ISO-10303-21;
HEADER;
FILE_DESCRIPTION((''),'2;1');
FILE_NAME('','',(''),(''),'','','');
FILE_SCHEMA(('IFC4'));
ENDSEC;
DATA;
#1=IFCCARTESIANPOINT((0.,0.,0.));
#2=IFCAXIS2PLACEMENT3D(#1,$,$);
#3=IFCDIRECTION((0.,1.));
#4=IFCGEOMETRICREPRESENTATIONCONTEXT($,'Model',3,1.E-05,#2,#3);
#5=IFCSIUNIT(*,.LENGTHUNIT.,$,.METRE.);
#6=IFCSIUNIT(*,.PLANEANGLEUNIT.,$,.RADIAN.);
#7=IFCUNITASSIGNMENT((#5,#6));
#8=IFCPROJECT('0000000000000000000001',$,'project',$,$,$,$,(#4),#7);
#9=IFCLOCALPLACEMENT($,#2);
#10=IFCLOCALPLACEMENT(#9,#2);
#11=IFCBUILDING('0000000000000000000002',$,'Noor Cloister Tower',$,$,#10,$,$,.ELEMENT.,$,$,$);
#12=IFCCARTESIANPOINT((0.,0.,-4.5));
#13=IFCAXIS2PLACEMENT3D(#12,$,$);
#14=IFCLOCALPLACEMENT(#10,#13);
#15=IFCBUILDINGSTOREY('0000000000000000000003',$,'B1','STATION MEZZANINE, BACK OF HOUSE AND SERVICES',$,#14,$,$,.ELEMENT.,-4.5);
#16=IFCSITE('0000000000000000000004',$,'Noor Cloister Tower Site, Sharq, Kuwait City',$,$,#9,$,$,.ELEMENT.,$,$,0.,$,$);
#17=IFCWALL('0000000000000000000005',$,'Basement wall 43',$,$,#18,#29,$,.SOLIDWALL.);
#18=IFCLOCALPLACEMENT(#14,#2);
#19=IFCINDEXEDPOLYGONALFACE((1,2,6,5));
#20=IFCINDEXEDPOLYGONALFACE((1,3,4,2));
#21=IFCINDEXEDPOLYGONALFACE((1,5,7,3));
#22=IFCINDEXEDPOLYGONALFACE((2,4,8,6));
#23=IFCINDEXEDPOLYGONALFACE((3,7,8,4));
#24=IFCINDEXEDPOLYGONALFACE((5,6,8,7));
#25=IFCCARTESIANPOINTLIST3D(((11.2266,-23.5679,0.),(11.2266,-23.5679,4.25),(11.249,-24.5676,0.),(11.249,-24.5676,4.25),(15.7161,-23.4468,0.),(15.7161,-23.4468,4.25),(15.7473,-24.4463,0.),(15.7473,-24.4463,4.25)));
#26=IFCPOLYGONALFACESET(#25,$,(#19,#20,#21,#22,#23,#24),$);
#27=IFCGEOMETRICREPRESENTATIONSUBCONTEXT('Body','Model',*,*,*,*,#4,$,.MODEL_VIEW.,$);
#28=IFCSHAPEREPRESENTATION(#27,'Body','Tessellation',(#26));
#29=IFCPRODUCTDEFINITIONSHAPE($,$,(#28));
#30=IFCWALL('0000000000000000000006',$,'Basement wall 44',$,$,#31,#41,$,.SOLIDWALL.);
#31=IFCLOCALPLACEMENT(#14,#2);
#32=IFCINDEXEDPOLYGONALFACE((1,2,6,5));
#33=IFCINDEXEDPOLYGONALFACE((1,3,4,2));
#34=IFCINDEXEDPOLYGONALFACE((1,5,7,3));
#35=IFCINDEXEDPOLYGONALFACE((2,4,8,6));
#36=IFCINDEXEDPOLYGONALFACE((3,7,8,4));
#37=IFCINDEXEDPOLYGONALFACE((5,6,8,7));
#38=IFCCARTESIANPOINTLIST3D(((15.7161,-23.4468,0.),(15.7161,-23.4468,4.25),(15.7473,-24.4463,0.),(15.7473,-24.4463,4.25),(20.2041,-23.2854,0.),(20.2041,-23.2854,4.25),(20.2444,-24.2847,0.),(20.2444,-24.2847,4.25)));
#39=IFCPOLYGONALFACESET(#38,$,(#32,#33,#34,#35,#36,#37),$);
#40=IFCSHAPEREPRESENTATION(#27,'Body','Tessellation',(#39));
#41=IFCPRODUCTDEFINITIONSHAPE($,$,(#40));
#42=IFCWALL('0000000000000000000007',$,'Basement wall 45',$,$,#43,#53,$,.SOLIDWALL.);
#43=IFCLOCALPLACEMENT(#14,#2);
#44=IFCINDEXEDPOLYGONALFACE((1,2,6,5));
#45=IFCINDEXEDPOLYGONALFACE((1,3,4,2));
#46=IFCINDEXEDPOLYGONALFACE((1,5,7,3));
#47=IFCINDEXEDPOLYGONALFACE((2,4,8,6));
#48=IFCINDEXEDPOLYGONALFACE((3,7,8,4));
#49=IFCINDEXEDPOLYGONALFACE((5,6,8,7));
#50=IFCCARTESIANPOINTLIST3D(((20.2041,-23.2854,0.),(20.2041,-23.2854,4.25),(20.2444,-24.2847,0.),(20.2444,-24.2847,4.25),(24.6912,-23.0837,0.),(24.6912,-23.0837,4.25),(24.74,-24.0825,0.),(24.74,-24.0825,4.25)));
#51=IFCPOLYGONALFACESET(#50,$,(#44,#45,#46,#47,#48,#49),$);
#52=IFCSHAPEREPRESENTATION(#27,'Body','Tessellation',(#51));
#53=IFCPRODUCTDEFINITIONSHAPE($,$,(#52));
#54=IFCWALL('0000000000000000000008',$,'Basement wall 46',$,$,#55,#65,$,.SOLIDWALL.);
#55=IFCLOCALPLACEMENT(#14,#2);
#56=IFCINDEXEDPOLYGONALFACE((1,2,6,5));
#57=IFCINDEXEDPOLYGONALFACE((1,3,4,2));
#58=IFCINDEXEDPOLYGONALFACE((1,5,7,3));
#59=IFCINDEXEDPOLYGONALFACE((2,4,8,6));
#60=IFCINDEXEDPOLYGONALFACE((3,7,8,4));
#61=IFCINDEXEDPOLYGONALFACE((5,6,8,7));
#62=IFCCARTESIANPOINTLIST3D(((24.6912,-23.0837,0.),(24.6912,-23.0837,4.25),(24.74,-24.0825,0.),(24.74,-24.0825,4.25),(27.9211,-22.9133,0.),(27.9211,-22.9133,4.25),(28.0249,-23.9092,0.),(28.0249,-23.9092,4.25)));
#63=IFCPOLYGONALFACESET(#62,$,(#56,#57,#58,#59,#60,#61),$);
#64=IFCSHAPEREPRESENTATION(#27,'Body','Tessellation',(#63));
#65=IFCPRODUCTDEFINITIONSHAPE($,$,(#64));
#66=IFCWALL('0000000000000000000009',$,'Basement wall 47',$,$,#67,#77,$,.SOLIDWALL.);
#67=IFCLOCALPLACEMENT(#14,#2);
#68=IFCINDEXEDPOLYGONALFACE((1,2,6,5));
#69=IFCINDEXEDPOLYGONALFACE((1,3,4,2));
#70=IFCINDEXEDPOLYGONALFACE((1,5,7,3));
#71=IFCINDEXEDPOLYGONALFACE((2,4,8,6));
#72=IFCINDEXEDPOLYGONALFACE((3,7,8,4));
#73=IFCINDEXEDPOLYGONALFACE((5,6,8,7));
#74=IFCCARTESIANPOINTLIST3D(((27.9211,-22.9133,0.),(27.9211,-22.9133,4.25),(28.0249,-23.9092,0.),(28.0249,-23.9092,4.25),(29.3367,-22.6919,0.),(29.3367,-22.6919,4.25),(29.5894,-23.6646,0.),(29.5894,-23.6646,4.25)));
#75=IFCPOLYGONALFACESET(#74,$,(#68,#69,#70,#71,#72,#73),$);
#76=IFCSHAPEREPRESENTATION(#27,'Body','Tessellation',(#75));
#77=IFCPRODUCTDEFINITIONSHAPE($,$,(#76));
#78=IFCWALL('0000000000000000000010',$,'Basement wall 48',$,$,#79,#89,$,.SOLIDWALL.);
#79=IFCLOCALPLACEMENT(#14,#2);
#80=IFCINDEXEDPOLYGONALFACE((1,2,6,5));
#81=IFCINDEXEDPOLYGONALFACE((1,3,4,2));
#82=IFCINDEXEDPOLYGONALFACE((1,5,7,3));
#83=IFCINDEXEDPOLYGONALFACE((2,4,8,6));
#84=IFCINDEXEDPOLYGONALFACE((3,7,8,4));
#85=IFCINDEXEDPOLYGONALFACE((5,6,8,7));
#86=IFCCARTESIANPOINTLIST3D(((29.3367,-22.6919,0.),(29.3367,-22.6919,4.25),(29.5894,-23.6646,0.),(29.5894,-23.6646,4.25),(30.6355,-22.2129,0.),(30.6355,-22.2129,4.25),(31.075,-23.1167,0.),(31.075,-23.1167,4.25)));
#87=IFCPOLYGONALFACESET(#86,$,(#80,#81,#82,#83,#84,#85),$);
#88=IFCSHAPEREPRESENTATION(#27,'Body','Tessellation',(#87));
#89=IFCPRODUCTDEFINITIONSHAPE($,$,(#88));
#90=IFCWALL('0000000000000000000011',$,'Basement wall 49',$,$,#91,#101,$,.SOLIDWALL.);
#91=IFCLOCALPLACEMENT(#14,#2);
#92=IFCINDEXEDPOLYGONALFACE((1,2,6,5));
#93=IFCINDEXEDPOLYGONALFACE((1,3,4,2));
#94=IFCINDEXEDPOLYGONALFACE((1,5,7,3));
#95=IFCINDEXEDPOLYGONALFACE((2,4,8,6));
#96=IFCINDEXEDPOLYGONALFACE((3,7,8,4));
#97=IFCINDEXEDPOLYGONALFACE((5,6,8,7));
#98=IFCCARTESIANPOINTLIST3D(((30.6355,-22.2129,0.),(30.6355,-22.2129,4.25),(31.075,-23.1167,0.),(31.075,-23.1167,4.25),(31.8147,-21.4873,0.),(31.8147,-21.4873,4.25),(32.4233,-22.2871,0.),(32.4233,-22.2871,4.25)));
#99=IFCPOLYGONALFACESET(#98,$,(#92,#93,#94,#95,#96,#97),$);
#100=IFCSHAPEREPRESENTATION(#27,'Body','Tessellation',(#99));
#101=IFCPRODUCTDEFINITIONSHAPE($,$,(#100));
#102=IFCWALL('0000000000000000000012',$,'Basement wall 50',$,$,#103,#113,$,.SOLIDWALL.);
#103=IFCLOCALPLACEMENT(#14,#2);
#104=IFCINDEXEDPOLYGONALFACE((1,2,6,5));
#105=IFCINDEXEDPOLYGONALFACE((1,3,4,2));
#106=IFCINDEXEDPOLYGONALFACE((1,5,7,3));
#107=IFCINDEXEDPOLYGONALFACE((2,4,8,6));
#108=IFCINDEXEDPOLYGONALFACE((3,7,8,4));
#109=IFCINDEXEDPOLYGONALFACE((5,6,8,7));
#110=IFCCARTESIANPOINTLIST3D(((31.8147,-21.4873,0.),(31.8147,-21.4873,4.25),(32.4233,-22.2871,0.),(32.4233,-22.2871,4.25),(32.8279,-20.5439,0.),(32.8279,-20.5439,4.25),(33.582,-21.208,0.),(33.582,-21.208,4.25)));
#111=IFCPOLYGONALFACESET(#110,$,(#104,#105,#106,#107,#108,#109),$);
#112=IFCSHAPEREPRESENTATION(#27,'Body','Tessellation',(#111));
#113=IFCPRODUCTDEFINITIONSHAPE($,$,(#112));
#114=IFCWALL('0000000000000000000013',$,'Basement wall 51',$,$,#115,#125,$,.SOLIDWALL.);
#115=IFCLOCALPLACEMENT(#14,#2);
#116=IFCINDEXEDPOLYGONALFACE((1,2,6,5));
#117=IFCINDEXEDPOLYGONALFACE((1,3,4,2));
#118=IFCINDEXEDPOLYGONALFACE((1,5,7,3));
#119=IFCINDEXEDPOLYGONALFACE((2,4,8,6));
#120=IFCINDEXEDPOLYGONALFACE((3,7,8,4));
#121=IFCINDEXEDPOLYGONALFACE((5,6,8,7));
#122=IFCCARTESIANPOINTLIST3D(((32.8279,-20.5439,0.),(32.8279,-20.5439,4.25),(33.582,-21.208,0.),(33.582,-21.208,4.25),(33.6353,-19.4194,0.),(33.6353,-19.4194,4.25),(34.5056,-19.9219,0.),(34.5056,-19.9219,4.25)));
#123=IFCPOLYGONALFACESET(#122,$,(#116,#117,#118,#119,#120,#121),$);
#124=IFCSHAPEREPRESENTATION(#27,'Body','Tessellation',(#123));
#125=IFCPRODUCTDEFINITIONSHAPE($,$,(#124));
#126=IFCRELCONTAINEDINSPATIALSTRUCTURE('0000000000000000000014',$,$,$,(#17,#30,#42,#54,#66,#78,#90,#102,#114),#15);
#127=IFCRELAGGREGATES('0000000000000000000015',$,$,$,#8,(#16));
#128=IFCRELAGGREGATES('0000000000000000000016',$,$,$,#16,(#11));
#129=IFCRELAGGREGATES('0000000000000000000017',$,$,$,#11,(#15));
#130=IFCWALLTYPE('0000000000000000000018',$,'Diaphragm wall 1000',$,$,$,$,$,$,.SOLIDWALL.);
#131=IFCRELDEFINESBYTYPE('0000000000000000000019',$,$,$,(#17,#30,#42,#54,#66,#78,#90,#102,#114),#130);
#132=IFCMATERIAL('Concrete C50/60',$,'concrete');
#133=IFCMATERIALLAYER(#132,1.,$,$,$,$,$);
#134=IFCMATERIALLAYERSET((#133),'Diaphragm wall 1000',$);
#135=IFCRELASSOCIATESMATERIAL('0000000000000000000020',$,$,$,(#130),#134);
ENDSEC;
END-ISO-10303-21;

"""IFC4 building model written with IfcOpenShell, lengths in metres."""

from ifc_helpers import new_model, si_unit, direction, frame, origin, place, context, subcontext, project, spatial, polyline, outline, extrude, material, layer, layer_set, type_object, element, save


model = new_model("IFC4")

# Units and contexts
model_context = context("Model", 3, precision=1e-05, world=origin(), true_north=direction((0.0, 1.0)))
body_context = subcontext(model_context, "Body", "Model", "MODEL_VIEW")
ifc_project = project(units=[si_unit("LENGTHUNIT", "METRE"), si_unit("PLANEANGLEUNIT", "RADIAN")], contexts=[model_context])

# Site, building, storey
site_placement = place(None, origin())
site = spatial("IfcSite", under=ifc_project, at=site_placement, Name="Noor Cloister Tower Site, Sharq, Kuwait City", CompositionType="ELEMENT", RefElevation=0.0)
building_placement = place(site_placement, origin())
building = spatial("IfcBuilding", under=site, at=building_placement, Name="Noor Cloister Tower", CompositionType="ELEMENT")
storey_placement = place(building_placement, frame((0.0, 0.0, -4.5)))
storey = spatial("IfcBuildingStorey", under=building, at=storey_placement, Name="B1", Description="STATION MEZZANINE, BACK OF HOUSE AND SERVICES", CompositionType="ELEMENT", Elevation=-4.5)

# Walls
ifc_material = material(Name="Concrete C50/60", Category="concrete")
ifc_layer = layer(ifc_material, 1.0)
ifc_layer_set = layer_set([ifc_layer], Name="Diaphragm wall 1000")
wall_type = type_object("IfcWallType", Name="Diaphragm wall 1000", PredefinedType="SOLIDWALL", material=ifc_layer_set)
wall_1_placement = place(storey_placement, origin())
element("IfcWall", 1, at=wall_1_placement, inside=storey, type_object=wall_type, Name="Basement wall 43", PredefinedType="SOLIDWALL", context=body_context, shape_type="SweptSolid", body=[
    extrude(outline(polyline([(11.249, -24.5676), (15.7473, -24.4463), (15.7161, -23.4468), (11.2266, -23.5679), (11.249, -24.5676)])), origin(), (0.0, 0.0, 1.0), 4.25),
])
wall_2_placement = place(storey_placement, origin())
element("IfcWall", 2, at=wall_2_placement, inside=storey, type_object=wall_type, Name="Basement wall 44", PredefinedType="SOLIDWALL", context=body_context, shape_type="SweptSolid", body=[
    extrude(outline(polyline([(15.7473, -24.4463), (20.2444, -24.2847), (20.2041, -23.2854), (15.7161, -23.4468), (15.7473, -24.4463)])), origin(), (0.0, 0.0, 1.0), 4.25),
])
wall_3_placement = place(storey_placement, origin())
element("IfcWall", 3, at=wall_3_placement, inside=storey, type_object=wall_type, Name="Basement wall 45", PredefinedType="SOLIDWALL", context=body_context, shape_type="SweptSolid", body=[
    extrude(outline(polyline([(20.2444, -24.2847), (24.74, -24.0825), (24.6912, -23.0837), (20.2041, -23.2854), (20.2444, -24.2847)])), origin(), (0.0, 0.0, 1.0), 4.25),
])
wall_4_placement = place(storey_placement, origin())
element("IfcWall", 4, at=wall_4_placement, inside=storey, type_object=wall_type, Name="Basement wall 46", PredefinedType="SOLIDWALL", context=body_context, shape_type="SweptSolid", body=[
    extrude(outline(polyline([(24.74, -24.0825), (28.0249, -23.9092), (27.9211, -22.9133), (24.6912, -23.0837), (24.74, -24.0825)])), origin(), (0.0, 0.0, 1.0), 4.25),
])
wall_5_placement = place(storey_placement, origin())
element("IfcWall", 5, at=wall_5_placement, inside=storey, type_object=wall_type, Name="Basement wall 47", PredefinedType="SOLIDWALL", context=body_context, shape_type="SweptSolid", body=[
    extrude(outline(polyline([(28.0249, -23.9092), (29.5894, -23.6646), (29.3367, -22.6919), (27.9211, -22.9133), (28.0249, -23.9092)])), origin(), (0.0, 0.0, 1.0), 4.25),
])
wall_6_placement = place(storey_placement, origin())
element("IfcWall", 6, at=wall_6_placement, inside=storey, type_object=wall_type, Name="Basement wall 48", PredefinedType="SOLIDWALL", context=body_context, shape_type="SweptSolid", body=[
    extrude(outline(polyline([(29.5894, -23.6646), (31.075, -23.1167), (30.6355, -22.2129), (29.3367, -22.6919), (29.5894, -23.6646)])), origin(), (0.0, 0.0, 1.0), 4.25),
])
wall_7_placement = place(storey_placement, origin())
element("IfcWall", 7, at=wall_7_placement, inside=storey, type_object=wall_type, Name="Basement wall 49", PredefinedType="SOLIDWALL", context=body_context, shape_type="SweptSolid", body=[
    extrude(outline(polyline([(31.075, -23.1167), (32.4233, -22.2871), (31.8147, -21.4873), (30.6355, -22.2129), (31.075, -23.1167)])), origin(), (0.0, 0.0, 1.0), 4.25),
])
wall_8_placement = place(storey_placement, origin())
element("IfcWall", 8, at=wall_8_placement, inside=storey, type_object=wall_type, Name="Basement wall 50", PredefinedType="SOLIDWALL", context=body_context, shape_type="SweptSolid", body=[
    extrude(outline(polyline([(32.4233, -22.2871), (33.582, -21.208), (32.8279, -20.5439), (31.8147, -21.4873), (32.4233, -22.2871)])), origin(), (0.0, 0.0, 1.0), 4.25),
])
wall_9_placement = place(storey_placement, origin())
element("IfcWall", 9, at=wall_9_placement, inside=storey, type_object=wall_type, Name="Basement wall 51", PredefinedType="SOLIDWALL", context=body_context, shape_type="SweptSolid", body=[
    extrude(outline(polyline([(33.582, -21.208), (34.5056, -19.9219), (33.6353, -19.4194), (32.8279, -20.5439), (33.582, -21.208)])), origin(), (0.0, 0.0, 1.0), 4.25),
])

save(model, "model.ifc")
